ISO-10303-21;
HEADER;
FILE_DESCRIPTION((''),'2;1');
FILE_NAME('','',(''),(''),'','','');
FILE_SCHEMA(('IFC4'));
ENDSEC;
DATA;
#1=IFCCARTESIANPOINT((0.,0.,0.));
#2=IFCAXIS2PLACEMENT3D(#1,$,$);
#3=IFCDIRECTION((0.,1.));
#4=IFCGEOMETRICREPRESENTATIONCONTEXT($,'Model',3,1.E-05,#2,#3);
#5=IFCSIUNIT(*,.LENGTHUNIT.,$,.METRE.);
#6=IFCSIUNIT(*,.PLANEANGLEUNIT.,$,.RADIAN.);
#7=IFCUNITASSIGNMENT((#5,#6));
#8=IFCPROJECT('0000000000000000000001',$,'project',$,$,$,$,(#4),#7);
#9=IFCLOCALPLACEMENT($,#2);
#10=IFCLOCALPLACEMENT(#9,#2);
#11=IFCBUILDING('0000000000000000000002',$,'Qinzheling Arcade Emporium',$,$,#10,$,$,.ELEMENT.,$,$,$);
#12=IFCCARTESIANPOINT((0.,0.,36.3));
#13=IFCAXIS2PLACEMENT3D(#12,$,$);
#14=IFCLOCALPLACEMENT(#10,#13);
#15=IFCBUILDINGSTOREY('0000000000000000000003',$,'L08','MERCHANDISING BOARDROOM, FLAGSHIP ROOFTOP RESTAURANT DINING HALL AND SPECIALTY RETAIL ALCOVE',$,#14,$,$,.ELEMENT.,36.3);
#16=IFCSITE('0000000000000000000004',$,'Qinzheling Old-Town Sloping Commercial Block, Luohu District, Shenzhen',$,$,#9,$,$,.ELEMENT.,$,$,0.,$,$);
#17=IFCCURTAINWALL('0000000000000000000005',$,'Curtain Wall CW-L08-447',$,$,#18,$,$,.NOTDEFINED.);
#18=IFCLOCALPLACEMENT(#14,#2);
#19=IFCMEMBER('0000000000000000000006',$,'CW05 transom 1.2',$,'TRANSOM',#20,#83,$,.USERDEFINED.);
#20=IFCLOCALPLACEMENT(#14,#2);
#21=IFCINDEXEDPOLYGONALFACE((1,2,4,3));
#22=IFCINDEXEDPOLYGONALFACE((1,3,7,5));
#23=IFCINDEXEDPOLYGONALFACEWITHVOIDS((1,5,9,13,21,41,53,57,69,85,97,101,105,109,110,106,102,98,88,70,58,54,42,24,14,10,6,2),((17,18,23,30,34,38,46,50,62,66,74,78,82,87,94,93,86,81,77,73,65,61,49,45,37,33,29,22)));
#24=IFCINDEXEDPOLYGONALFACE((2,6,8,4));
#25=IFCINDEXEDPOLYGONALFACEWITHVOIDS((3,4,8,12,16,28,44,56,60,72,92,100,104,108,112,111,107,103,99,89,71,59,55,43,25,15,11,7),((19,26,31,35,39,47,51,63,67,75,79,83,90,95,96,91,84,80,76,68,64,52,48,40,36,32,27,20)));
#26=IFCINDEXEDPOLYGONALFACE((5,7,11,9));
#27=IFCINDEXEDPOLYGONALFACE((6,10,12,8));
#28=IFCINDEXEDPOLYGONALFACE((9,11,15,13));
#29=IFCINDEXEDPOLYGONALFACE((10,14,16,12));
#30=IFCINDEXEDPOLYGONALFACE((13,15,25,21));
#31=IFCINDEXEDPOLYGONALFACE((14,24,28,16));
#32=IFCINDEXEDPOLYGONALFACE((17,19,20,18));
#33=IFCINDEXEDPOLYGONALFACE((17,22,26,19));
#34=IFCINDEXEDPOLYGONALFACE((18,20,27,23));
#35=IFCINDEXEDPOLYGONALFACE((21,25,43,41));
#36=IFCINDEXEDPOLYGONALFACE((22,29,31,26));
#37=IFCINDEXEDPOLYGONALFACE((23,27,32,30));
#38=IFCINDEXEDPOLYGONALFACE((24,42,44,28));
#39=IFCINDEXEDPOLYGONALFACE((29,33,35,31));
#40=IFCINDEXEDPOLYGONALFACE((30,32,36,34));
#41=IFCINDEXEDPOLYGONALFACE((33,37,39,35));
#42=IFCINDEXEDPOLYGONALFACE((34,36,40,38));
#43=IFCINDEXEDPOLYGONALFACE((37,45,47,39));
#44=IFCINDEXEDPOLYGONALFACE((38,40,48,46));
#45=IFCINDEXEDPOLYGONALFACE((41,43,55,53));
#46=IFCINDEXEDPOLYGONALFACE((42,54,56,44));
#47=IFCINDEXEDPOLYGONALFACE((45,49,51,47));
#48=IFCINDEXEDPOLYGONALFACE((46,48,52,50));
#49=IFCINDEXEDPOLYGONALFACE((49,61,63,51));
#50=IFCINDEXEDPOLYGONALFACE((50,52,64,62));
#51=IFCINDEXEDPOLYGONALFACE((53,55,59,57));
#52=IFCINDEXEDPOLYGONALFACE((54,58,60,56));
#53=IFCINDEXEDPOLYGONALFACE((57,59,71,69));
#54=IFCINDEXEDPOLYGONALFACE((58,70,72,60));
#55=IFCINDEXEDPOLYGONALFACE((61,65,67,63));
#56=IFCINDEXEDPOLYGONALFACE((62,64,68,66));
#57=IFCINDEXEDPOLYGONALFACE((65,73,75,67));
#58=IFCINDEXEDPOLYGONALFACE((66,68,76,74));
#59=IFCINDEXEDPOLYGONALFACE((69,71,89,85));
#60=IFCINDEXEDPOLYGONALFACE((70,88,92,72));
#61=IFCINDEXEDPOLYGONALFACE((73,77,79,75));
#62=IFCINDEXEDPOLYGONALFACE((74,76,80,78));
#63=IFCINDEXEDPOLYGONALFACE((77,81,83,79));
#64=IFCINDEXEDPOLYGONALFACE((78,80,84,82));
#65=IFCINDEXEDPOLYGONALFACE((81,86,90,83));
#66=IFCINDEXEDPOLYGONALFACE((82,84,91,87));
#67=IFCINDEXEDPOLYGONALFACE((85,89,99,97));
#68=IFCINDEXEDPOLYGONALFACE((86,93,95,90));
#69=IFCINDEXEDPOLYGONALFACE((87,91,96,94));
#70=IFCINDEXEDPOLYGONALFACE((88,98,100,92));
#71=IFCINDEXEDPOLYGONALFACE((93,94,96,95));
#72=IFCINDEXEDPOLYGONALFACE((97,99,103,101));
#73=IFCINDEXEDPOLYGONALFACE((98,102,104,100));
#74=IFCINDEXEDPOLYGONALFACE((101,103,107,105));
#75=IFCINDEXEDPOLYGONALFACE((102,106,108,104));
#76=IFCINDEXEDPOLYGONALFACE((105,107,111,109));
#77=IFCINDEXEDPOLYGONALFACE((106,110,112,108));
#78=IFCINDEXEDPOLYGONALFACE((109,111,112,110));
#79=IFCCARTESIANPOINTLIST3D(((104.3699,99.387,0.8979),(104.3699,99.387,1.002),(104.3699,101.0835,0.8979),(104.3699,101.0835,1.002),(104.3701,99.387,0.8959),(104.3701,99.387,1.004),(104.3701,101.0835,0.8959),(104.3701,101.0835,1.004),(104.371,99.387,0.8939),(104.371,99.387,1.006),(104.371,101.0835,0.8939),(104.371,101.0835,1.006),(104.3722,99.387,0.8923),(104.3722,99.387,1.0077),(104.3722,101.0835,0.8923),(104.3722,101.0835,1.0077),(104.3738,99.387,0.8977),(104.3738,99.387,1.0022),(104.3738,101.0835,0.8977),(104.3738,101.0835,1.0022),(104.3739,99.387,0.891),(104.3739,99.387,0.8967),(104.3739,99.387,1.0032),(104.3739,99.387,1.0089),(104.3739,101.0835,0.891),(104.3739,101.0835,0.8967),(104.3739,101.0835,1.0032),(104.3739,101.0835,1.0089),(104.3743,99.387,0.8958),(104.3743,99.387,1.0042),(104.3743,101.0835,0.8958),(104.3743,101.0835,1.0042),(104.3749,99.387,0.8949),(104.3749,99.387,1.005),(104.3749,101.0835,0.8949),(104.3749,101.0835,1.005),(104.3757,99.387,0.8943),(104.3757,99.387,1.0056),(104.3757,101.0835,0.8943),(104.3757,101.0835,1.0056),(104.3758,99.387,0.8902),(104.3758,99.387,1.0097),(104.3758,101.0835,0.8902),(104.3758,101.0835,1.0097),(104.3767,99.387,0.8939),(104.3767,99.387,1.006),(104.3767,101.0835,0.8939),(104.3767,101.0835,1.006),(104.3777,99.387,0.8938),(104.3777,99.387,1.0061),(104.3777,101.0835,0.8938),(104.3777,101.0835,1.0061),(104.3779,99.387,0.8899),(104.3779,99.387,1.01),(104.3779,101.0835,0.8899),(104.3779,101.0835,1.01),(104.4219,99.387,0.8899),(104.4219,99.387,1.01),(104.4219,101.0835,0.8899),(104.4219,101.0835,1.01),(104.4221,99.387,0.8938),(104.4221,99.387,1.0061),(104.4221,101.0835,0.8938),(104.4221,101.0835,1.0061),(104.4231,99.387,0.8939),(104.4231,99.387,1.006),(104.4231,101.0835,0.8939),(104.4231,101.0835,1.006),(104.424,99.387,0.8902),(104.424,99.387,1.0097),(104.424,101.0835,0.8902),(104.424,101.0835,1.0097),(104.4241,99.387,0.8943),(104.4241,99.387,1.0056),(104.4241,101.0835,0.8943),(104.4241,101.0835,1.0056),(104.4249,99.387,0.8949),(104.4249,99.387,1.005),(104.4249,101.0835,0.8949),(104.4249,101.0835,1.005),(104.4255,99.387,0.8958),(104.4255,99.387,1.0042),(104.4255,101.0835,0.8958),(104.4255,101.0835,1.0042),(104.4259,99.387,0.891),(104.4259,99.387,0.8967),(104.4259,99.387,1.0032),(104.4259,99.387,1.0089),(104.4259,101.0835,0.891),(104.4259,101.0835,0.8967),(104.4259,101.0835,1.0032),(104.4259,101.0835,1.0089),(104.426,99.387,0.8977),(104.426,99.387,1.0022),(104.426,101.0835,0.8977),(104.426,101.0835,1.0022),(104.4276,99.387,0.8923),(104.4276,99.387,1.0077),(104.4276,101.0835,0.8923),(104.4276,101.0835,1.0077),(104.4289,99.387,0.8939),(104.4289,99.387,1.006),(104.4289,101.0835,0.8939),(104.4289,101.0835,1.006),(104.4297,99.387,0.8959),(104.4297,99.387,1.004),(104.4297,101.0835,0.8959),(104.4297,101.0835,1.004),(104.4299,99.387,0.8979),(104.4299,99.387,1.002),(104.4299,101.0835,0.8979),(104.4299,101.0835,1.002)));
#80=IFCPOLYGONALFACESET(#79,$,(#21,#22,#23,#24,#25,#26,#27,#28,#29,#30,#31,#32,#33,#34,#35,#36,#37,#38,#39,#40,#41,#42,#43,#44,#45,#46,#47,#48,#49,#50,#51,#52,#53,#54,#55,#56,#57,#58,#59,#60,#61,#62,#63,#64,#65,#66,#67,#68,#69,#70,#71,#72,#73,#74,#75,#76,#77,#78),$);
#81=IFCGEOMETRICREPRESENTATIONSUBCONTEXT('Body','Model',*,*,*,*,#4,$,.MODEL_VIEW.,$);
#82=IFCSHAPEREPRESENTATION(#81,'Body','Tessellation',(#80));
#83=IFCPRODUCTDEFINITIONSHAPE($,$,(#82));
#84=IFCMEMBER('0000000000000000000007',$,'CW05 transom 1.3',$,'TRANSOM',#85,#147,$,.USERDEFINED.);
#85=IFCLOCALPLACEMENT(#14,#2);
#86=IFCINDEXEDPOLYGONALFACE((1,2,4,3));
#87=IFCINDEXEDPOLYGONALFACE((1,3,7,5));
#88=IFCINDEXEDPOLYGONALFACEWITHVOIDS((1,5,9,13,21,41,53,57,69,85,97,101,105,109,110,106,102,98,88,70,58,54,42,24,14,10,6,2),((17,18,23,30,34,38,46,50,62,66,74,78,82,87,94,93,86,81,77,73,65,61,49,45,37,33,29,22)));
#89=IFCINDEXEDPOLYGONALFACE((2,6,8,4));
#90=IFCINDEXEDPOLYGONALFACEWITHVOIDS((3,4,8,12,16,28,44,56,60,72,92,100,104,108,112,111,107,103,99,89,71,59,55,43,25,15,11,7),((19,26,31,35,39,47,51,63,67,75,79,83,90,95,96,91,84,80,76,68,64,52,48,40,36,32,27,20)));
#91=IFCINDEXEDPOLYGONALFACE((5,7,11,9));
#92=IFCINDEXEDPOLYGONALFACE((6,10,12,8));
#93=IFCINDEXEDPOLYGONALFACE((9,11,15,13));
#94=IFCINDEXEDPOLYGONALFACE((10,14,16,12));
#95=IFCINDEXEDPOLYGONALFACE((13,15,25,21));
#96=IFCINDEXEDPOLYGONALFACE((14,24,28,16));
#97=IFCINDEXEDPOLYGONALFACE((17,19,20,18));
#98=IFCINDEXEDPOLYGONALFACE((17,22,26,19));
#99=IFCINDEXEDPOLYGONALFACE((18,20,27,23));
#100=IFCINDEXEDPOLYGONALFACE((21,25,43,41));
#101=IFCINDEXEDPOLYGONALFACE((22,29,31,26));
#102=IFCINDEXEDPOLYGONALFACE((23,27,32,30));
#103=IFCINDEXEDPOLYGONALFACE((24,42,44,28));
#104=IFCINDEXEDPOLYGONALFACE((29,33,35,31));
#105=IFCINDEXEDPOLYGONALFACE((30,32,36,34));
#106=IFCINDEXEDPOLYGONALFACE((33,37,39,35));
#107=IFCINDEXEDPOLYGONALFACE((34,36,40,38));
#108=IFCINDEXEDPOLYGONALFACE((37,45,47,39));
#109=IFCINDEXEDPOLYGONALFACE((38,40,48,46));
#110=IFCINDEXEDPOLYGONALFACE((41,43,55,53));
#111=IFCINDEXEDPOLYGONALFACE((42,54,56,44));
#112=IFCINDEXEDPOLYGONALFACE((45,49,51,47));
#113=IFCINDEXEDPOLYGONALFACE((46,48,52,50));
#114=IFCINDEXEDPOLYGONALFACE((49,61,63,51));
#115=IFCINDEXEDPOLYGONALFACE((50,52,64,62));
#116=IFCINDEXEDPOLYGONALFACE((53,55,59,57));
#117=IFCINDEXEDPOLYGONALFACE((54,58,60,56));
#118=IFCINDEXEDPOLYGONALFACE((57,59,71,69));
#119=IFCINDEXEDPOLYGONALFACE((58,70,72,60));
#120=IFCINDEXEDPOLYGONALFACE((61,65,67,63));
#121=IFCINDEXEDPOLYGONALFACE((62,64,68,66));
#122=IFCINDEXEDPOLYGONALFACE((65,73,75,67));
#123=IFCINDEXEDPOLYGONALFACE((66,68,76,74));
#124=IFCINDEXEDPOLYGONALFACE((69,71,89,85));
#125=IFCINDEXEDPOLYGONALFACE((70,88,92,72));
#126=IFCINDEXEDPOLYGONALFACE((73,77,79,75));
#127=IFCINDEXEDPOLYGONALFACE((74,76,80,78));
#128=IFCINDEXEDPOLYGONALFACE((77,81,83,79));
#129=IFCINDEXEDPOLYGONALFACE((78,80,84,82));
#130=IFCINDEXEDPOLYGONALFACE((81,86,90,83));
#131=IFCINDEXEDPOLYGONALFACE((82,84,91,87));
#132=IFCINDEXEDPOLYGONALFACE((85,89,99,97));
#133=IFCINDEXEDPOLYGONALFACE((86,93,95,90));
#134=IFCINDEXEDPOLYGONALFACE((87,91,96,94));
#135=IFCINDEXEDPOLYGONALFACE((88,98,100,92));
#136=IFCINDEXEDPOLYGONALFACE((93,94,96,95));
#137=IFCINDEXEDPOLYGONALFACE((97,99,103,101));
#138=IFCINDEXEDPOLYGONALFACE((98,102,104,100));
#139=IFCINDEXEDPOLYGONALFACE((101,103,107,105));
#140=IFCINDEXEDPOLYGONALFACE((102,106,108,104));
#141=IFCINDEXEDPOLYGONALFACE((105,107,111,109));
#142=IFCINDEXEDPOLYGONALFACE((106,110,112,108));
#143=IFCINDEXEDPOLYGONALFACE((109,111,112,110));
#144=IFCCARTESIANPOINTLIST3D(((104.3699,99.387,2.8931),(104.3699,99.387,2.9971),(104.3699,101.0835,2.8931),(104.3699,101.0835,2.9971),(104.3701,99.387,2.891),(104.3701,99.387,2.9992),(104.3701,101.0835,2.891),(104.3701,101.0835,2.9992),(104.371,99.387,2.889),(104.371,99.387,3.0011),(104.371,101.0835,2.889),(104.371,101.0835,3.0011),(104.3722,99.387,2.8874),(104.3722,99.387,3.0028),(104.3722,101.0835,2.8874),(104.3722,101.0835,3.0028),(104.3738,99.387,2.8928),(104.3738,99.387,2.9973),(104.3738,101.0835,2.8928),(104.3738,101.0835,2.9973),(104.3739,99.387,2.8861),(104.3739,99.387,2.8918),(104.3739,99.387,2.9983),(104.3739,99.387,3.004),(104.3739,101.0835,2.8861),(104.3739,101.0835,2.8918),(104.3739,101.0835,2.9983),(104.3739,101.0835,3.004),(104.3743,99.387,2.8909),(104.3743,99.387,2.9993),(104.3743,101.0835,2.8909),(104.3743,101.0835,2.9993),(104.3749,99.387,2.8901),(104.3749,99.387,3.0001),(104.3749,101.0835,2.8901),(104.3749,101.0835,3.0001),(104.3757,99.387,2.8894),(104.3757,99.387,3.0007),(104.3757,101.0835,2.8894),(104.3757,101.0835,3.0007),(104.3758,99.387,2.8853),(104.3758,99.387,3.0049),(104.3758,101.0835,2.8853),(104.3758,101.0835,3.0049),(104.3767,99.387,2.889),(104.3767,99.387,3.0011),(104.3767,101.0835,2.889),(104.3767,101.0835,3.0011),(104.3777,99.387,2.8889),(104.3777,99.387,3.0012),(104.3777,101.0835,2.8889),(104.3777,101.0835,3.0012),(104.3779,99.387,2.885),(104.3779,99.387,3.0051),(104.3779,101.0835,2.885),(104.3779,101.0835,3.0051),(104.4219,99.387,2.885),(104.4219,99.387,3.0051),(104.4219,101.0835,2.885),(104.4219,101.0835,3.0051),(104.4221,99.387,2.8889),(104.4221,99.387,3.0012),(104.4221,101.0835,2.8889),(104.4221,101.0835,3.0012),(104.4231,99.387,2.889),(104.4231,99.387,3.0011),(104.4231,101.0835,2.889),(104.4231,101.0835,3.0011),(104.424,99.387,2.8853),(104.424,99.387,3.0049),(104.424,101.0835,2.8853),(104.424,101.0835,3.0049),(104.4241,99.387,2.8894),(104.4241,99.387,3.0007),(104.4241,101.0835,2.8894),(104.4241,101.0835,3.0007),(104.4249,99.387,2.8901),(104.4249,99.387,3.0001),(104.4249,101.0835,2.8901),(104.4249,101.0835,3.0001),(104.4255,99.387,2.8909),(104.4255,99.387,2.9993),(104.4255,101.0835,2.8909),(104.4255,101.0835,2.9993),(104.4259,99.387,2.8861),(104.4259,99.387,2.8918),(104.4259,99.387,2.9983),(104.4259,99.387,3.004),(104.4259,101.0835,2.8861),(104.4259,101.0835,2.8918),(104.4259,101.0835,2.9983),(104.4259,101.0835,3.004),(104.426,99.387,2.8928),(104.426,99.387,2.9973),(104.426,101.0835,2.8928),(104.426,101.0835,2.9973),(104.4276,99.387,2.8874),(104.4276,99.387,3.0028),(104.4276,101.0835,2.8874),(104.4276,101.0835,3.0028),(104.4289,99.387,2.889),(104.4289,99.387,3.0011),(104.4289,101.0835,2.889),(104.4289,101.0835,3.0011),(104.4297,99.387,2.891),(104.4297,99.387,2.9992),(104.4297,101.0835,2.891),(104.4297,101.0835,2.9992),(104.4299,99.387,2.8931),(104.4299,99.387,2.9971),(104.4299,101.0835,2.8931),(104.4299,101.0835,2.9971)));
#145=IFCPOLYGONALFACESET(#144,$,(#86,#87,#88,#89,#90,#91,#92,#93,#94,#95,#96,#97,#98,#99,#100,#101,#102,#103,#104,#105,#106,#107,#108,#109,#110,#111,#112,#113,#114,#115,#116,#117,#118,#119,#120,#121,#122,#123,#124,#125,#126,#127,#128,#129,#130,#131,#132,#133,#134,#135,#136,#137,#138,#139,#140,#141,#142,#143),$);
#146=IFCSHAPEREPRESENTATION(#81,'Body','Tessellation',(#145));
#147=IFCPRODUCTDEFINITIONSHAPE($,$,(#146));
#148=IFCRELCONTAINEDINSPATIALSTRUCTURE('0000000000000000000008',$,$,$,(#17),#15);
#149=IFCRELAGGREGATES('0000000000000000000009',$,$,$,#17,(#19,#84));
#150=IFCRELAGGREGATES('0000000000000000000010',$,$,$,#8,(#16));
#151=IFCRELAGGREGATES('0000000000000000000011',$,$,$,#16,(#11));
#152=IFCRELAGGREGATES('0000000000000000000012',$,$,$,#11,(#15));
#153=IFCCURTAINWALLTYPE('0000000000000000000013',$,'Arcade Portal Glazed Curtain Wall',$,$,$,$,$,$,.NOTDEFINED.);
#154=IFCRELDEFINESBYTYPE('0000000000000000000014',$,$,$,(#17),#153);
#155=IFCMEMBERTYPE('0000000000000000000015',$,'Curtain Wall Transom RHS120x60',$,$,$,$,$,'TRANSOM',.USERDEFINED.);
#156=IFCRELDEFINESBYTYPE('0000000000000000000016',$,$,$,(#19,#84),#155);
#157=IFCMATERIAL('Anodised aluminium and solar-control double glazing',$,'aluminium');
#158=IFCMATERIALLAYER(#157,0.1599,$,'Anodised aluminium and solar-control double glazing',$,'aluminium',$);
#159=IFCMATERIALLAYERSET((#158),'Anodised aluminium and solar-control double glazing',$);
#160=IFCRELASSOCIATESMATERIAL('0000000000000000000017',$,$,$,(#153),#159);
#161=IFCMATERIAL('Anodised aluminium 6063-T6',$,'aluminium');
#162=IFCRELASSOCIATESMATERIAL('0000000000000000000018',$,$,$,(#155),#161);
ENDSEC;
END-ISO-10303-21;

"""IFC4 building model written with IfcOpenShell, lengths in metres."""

from ifc_helpers import new_model, si_unit, direction, frame, origin, origin_2d, place, context, subcontext, project, spatial, hollow_rectangle, extrude, material, layer, layer_set, material_profile, profile_set, type_object, element, aggregate, save


model = new_model("IFC4")

# Units and contexts
model_context = context("Model", 3, precision=1e-05, world=origin(), true_north=direction((0.0, 1.0)))
body_context = subcontext(model_context, "Body", "Model", "MODEL_VIEW")
ifc_project = project(units=[si_unit("LENGTHUNIT", "METRE"), si_unit("PLANEANGLEUNIT", "RADIAN")], contexts=[model_context])

# Site, building, storey
site_placement = place(None, origin())
site = spatial("IfcSite", under=ifc_project, at=site_placement, Name="Qinzheling Old-Town Sloping Commercial Block, Luohu District, Shenzhen", CompositionType="ELEMENT", RefElevation=0.0)
building_placement = place(site_placement, origin())
building = spatial("IfcBuilding", under=site, at=building_placement, Name="Qinzheling Arcade Emporium", CompositionType="ELEMENT")
storey_placement = place(building_placement, frame((0.0, 0.0, 36.3)))
storey = spatial("IfcBuildingStorey", under=building, at=storey_placement, Name="L08", Description="MERCHANDISING BOARDROOM, FLAGSHIP ROOFTOP RESTAURANT DINING HALL AND SPECIALTY RETAIL ALCOVE", CompositionType="ELEMENT", Elevation=36.3)

# Shared definitions
ifc_material_1 = material(Name="Anodised aluminium and solar-control double glazing", Category="aluminium")
ifc_layer_1 = layer(ifc_material_1, 0.1599, Name="Anodised aluminium and solar-control double glazing", Category="aluminium")
ifc_layer_set_1 = layer_set([ifc_layer_1], Name="Anodised aluminium and solar-control double glazing")
curtain_wall_type = type_object("IfcCurtainWallType", Name="Arcade Portal Glazed Curtain Wall", PredefinedType="NOTDEFINED", material=ifc_layer_set_1)
ifc_material_2 = material(Name="Anodised aluminium 6063-T6", Category="aluminium")

# Curtain wall
curtain_wall_1_placement = place(storey_placement, origin())
curtain_wall_1 = element("IfcCurtainWall", 1, at=curtain_wall_1_placement, inside=storey, type_object=curtain_wall_type, Name="Curtain Wall CW-L08-447", PredefinedType="NOTDEFINED")

# Members
ifc_material_profile_1 = material_profile(ifc_material_2, hollow_rectangle(XDim=0.0601, YDim=0.1201, WallThickness=0.0039, InnerFilletRadius=0.0039, OuterFilletRadius=0.0081, at=origin_2d()), Name="RHS 120x60x4", Category="aluminium")
ifc_profile_set_1 = profile_set([ifc_material_profile_1], Name="Anodised aluminium 6063-T6")
member_type_1 = type_object("IfcMemberType", Name="Curtain Wall Transom RHS120x60", ElementType="TRANSOM", PredefinedType="USERDEFINED", material=ifc_profile_set_1)
member_1_placement = place(storey_placement, frame((104.3999, 99.387, 0.95), z_axis=(0.0, 1.0, 0.0), x_axis=(-1.0, 0.0, 0.0)))
member_1 = element("IfcMember", 2, at=member_1_placement, type_object=member_type_1, Name="CW05 transom 1.2", ObjectType="TRANSOM", PredefinedType="USERDEFINED", context=body_context, shape_type="SweptSolid", body=[
    extrude(hollow_rectangle(XDim=0.0601, YDim=0.1201, WallThickness=0.0039, InnerFilletRadius=0.0039, OuterFilletRadius=0.0081, at=origin_2d()), origin(), (0.0, 0.0, 1.0), 1.6965),
])
member_2_placement = place(storey_placement, frame((104.3999, 99.387, 2.9451), z_axis=(0.0, 1.0, 0.0), x_axis=(-1.0, 0.0, 0.0)))
member_2 = element("IfcMember", 3, at=member_2_placement, type_object=member_type_1, Name="CW05 transom 1.3", ObjectType="TRANSOM", PredefinedType="USERDEFINED", context=body_context, shape_type="SweptSolid", body=[
    extrude(hollow_rectangle(XDim=0.0601, YDim=0.1201, WallThickness=0.0039, InnerFilletRadius=0.0039, OuterFilletRadius=0.0081, at=origin_2d()), origin(), (0.0, 0.0, 1.0), 1.6965),
])

aggregate(curtain_wall_1, [member_1, member_2])

save(model, "model.ifc")
